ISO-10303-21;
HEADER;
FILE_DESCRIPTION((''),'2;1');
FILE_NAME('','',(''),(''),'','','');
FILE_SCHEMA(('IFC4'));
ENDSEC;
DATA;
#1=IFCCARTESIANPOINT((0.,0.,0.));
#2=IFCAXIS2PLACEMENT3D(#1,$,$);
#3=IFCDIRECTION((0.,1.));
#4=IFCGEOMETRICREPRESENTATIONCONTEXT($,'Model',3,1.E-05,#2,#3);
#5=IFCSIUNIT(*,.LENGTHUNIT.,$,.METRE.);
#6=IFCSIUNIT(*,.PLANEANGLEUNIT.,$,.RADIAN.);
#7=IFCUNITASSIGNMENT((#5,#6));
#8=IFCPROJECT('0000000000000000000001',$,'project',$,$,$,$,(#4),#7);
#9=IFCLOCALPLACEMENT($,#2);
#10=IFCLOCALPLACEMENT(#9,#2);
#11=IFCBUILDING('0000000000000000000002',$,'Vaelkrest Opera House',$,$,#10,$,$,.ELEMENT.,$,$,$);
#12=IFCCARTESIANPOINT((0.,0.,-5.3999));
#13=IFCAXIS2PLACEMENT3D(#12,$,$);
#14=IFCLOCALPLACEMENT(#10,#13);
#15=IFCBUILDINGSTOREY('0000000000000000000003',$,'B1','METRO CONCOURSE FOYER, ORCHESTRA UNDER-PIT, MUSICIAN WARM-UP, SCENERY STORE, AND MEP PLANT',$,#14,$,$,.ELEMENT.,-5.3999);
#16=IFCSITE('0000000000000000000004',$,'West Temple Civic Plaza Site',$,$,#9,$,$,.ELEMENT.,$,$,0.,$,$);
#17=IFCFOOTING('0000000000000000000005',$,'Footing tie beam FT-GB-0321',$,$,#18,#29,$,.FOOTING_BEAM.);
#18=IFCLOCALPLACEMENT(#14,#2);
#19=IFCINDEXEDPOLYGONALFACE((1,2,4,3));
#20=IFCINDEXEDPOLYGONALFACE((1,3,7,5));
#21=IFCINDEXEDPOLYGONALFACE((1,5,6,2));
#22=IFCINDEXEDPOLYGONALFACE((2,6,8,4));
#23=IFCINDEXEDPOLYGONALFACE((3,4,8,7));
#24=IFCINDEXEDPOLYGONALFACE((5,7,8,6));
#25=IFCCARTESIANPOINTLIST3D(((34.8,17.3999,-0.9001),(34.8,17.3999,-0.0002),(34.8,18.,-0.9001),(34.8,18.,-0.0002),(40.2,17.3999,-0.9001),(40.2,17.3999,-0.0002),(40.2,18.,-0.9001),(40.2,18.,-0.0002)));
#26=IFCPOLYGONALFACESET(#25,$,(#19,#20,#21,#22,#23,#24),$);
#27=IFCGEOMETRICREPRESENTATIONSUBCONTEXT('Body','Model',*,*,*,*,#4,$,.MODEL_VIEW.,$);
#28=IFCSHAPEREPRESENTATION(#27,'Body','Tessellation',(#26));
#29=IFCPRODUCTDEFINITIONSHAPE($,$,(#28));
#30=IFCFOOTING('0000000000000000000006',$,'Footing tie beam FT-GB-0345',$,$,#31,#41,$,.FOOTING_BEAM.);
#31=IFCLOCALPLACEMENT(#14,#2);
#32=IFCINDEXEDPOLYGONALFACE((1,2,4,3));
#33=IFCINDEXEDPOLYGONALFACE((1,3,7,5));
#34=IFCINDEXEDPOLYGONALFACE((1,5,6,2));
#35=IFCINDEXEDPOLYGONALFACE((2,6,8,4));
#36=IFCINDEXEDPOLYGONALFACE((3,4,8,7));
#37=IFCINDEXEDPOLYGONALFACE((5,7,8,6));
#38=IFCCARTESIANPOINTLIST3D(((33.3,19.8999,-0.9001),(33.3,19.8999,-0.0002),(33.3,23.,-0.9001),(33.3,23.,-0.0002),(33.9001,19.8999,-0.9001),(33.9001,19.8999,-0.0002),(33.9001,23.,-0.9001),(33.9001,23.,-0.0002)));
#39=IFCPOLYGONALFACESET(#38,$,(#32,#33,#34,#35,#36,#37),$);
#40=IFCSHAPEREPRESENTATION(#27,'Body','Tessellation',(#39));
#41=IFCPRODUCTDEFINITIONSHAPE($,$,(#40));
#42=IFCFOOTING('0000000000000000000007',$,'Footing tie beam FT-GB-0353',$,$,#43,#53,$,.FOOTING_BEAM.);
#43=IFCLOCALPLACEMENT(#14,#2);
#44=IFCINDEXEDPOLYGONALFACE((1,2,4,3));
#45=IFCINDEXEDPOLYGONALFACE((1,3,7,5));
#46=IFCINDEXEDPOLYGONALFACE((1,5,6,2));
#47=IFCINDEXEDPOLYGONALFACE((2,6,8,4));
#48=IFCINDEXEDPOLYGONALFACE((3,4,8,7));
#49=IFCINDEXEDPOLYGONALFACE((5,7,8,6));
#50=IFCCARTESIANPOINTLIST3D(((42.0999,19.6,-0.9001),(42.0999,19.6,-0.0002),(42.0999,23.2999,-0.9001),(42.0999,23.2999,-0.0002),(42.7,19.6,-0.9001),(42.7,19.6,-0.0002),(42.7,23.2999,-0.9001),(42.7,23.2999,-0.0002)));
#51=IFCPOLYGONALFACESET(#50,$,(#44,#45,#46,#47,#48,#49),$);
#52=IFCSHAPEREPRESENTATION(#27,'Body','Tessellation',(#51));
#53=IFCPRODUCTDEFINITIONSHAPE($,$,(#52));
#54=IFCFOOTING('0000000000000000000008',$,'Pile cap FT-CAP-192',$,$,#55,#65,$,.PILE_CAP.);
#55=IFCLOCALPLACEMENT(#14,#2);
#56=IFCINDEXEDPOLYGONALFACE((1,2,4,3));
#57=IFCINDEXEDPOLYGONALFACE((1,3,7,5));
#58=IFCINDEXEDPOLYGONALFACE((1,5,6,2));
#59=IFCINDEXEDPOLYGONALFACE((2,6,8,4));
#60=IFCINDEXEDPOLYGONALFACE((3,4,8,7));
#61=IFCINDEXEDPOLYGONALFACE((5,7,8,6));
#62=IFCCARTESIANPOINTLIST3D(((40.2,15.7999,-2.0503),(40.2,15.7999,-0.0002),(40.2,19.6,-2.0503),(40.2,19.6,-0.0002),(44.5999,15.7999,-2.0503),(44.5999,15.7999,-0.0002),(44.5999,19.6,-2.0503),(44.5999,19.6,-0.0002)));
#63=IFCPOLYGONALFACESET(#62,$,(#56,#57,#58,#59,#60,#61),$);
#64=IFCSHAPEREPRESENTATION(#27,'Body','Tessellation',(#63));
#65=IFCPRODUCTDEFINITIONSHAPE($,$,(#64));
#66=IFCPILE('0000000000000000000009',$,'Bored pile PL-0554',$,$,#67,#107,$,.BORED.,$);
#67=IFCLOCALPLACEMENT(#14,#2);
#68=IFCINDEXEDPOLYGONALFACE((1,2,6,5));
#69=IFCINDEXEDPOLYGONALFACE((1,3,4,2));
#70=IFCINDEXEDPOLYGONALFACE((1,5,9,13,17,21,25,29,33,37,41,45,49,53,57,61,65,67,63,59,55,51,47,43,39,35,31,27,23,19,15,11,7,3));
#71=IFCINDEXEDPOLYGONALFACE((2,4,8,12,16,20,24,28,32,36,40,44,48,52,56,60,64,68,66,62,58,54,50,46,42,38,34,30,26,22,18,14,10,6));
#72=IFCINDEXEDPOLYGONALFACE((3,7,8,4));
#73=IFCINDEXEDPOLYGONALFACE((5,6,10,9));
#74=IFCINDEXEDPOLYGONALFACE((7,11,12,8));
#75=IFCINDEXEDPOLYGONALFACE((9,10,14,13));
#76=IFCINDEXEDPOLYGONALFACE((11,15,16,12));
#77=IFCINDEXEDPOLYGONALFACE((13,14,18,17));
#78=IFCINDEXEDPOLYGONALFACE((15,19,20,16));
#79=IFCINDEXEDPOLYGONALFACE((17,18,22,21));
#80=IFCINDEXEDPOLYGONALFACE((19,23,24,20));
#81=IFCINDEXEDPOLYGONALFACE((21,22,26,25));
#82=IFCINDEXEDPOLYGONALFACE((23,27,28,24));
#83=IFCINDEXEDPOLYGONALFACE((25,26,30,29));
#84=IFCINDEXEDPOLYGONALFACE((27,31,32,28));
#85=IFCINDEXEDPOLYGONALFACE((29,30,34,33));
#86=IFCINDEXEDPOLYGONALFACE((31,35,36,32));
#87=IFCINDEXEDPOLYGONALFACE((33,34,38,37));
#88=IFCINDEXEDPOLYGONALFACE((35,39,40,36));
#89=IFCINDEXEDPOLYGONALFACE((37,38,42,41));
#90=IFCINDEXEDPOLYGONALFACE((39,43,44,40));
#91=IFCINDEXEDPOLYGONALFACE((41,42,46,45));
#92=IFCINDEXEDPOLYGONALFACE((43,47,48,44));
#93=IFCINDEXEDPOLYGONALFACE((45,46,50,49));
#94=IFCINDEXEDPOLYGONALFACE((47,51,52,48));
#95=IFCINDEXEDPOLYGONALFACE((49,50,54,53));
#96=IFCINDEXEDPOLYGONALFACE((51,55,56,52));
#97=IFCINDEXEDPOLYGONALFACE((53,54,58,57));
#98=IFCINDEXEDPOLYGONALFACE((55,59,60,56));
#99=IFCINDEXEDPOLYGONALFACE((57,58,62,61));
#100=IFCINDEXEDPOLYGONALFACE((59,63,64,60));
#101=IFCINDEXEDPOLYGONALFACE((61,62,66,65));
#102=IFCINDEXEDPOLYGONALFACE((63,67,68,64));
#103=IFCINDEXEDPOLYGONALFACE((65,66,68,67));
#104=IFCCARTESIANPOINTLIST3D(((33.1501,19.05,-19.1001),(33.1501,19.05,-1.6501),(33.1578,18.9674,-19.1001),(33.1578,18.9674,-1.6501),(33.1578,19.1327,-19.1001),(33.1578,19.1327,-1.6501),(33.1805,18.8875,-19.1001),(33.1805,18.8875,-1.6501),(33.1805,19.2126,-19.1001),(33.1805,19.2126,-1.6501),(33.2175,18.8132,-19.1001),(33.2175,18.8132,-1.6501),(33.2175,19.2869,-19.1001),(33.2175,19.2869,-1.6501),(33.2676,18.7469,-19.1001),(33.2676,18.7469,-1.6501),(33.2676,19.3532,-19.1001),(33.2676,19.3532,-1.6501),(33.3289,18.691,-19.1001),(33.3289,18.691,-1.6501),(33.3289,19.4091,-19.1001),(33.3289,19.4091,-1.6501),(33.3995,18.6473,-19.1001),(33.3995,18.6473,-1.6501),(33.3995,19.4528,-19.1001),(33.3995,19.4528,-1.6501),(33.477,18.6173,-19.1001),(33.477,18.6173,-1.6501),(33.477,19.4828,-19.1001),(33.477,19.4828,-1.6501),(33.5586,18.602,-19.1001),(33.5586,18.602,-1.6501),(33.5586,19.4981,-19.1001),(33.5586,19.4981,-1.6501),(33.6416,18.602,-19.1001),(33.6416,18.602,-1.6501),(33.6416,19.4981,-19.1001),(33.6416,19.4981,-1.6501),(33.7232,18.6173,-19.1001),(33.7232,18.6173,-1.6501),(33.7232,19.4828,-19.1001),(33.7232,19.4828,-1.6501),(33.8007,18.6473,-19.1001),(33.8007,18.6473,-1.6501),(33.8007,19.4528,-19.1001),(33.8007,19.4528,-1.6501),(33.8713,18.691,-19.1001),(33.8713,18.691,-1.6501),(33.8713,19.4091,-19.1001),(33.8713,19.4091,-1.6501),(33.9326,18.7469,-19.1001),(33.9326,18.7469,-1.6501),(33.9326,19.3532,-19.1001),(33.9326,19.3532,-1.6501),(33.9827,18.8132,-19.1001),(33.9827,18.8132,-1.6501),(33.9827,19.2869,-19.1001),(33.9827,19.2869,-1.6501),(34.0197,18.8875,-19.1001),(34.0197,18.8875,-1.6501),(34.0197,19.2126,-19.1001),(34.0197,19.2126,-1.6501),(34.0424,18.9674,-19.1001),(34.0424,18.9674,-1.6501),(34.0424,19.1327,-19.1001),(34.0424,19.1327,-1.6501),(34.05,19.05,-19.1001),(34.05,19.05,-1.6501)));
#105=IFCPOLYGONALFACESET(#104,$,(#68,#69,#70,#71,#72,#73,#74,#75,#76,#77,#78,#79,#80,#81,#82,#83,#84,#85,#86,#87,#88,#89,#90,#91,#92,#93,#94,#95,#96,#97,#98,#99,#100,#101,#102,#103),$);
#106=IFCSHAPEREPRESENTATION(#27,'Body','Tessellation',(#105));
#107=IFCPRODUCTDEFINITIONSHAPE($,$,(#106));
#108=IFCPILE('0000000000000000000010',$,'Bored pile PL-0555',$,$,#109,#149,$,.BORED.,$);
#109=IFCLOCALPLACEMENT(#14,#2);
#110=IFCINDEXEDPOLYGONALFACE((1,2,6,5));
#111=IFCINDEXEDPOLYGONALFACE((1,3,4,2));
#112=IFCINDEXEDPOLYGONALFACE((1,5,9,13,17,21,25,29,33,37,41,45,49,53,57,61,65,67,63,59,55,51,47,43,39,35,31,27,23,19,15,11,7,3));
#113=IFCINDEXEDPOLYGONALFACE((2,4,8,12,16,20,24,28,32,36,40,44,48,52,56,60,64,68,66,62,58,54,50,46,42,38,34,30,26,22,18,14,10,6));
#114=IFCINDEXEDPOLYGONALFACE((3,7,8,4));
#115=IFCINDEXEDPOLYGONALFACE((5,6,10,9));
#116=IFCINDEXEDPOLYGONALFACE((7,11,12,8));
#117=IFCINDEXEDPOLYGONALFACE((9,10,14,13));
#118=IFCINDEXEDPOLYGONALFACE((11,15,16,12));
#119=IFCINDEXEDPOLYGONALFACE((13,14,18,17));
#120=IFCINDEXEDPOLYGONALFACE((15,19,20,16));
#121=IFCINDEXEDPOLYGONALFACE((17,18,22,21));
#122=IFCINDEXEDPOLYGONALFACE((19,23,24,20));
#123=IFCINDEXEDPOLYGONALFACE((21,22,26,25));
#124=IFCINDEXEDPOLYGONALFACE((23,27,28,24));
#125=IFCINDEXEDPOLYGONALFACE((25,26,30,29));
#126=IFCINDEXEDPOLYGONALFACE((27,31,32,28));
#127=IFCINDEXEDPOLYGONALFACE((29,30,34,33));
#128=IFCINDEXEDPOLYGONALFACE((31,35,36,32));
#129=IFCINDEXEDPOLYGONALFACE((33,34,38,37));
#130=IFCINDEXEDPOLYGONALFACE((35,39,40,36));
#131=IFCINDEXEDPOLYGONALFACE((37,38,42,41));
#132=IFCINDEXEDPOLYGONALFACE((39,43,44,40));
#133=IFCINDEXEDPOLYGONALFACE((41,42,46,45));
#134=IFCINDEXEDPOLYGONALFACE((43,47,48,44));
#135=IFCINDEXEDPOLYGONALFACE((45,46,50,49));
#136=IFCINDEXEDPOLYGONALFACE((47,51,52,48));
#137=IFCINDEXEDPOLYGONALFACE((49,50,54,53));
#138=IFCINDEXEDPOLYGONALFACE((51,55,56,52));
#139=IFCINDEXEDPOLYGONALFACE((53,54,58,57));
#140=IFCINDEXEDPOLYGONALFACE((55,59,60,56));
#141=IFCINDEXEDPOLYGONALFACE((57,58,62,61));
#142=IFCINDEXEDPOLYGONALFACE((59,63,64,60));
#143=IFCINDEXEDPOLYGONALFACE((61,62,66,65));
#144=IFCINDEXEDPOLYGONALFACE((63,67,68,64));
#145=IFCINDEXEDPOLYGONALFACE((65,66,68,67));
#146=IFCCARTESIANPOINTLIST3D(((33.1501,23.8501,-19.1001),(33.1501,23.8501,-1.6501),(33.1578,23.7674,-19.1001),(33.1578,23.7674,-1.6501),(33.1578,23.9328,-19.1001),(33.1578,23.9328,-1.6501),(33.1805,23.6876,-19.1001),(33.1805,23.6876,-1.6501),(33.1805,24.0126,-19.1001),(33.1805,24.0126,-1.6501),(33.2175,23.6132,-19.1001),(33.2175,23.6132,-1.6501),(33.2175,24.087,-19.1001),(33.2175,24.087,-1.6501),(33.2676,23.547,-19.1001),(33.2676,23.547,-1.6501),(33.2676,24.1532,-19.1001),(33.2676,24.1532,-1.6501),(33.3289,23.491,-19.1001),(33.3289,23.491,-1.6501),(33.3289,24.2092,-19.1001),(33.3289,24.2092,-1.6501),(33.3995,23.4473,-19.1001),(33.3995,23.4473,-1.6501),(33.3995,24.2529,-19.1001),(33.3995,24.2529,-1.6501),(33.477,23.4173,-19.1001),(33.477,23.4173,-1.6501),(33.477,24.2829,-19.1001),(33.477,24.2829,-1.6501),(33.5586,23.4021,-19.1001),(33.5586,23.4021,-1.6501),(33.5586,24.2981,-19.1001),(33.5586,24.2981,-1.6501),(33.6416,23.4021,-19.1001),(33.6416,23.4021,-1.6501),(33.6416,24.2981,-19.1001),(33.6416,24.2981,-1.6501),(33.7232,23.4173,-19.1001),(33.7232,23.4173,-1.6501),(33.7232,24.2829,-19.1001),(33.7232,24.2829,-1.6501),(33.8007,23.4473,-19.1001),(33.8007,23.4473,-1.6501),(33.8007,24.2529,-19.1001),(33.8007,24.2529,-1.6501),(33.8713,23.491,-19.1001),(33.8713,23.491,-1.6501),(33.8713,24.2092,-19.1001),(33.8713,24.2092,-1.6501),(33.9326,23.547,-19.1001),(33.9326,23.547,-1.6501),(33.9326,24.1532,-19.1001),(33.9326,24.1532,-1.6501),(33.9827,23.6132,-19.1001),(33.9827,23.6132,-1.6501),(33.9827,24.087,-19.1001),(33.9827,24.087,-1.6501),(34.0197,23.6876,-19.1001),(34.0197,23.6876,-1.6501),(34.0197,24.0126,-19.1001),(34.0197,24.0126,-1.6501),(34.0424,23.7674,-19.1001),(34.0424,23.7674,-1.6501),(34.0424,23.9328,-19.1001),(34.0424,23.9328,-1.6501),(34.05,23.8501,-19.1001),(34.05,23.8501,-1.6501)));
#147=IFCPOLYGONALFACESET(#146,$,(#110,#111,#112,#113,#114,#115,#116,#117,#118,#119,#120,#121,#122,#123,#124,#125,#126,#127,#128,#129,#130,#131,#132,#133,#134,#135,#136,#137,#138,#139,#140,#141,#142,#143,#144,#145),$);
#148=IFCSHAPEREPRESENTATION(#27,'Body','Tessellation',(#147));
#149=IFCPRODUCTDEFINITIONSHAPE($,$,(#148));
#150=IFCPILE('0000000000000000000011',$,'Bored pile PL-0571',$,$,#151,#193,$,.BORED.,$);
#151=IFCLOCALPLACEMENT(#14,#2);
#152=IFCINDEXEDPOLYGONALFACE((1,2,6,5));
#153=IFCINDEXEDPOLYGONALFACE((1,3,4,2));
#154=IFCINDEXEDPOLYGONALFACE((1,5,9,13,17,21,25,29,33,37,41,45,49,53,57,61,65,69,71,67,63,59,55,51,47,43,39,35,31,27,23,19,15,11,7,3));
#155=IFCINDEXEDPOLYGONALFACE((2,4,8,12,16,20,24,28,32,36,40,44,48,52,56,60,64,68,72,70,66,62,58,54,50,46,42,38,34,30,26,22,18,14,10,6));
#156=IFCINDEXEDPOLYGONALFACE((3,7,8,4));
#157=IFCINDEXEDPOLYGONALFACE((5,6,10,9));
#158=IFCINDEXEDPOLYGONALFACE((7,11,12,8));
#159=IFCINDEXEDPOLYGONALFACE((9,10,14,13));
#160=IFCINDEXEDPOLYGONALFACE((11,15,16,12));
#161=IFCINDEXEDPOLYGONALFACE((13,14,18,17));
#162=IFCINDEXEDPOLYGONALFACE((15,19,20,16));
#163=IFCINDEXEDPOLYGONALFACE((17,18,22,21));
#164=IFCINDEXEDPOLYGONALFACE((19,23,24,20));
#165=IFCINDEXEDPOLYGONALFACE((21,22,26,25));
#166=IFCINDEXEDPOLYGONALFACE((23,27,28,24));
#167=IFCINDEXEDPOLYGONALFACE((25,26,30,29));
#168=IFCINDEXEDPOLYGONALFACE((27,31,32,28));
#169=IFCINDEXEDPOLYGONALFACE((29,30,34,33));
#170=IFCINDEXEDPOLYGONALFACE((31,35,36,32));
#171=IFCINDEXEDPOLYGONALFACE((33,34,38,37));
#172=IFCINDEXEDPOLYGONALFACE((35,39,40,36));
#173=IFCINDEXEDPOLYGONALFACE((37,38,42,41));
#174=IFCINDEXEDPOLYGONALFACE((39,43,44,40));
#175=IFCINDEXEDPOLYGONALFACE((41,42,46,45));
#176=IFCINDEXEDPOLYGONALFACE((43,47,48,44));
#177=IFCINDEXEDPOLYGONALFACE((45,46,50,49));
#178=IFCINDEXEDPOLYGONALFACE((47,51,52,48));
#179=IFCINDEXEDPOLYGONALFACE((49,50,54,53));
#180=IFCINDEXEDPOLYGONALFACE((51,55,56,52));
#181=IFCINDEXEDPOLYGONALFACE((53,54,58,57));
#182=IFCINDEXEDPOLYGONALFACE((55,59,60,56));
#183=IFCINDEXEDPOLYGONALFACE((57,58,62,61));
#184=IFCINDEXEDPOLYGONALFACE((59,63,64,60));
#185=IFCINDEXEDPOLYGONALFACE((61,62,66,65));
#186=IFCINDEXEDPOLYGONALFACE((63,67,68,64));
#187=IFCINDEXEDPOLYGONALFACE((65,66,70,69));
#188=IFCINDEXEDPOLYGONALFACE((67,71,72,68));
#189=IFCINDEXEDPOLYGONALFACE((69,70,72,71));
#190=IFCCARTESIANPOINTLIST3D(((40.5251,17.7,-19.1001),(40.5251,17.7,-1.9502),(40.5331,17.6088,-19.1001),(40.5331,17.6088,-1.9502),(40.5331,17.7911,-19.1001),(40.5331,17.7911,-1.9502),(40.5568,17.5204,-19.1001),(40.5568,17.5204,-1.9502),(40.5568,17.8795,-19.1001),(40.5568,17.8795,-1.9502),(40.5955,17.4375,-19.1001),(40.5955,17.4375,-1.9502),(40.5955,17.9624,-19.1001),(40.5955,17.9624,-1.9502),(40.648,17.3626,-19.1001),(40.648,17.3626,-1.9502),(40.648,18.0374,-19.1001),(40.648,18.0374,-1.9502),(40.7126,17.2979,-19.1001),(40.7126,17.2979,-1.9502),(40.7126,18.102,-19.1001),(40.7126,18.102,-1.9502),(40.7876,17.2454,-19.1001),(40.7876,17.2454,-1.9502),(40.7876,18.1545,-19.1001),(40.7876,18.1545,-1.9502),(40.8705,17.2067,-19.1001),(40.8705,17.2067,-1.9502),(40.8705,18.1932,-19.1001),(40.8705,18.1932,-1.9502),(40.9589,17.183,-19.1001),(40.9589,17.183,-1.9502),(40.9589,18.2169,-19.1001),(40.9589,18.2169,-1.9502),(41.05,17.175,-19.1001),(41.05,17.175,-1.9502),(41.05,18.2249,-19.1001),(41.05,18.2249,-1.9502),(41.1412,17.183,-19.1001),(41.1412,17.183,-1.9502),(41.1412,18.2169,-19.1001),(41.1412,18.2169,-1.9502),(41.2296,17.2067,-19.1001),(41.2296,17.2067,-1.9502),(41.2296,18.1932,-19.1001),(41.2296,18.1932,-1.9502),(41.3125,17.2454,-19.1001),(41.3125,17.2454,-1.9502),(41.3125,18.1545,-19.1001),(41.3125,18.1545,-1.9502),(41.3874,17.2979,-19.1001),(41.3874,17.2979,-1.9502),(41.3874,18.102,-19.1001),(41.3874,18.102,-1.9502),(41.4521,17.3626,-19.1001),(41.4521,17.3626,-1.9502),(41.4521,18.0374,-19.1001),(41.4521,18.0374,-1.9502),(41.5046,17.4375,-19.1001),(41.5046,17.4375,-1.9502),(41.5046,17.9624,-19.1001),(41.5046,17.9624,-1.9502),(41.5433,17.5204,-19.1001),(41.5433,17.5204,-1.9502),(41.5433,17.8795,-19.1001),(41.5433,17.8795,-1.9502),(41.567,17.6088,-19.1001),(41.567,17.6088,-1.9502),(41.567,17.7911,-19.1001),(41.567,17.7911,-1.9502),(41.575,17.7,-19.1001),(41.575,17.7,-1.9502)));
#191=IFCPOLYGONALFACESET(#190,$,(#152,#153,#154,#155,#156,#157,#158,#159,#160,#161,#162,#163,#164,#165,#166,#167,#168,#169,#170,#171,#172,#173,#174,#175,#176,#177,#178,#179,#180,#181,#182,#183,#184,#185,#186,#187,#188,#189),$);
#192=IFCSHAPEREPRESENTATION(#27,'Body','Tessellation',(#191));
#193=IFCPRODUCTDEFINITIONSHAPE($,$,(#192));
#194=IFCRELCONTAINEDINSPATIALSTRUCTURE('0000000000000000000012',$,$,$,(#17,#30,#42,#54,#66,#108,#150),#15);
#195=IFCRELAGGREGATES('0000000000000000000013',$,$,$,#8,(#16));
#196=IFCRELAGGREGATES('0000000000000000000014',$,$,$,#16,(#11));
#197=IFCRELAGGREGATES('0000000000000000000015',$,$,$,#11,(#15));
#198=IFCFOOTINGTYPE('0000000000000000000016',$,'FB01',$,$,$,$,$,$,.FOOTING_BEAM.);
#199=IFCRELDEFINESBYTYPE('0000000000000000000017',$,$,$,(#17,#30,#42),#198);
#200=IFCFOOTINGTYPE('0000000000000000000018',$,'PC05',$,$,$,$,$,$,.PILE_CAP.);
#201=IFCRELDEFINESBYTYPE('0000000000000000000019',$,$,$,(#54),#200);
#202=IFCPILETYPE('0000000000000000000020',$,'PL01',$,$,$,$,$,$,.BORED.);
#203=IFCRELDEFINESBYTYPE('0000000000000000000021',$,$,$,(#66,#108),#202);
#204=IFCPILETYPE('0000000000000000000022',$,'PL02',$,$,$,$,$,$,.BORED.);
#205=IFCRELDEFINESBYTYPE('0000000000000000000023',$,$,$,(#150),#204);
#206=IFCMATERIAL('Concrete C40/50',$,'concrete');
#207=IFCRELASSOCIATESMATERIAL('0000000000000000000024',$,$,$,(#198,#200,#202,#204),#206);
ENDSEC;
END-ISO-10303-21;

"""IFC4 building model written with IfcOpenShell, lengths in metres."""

from ifc_helpers import new_model, si_unit, direction, frame, origin, origin_2d, place, context, subcontext, project, spatial, rectangle, circle, extrude, material, material_profile, profile_set, type_object, element, save


model = new_model("IFC4")

# Units and contexts
model_context = context("Model", 3, precision=1e-05, world=origin(), true_north=direction((0.0, 1.0)))
body_context = subcontext(model_context, "Body", "Model", "MODEL_VIEW")
ifc_project = project(units=[si_unit("LENGTHUNIT", "METRE"), si_unit("PLANEANGLEUNIT", "RADIAN")], contexts=[model_context])

# Site, building, storey
site_placement = place(None, origin())
site = spatial("IfcSite", under=ifc_project, at=site_placement, Name="West Temple Civic Plaza Site", CompositionType="ELEMENT", RefElevation=0.0)
building_placement = place(site_placement, origin())
building = spatial("IfcBuilding", under=site, at=building_placement, Name="Vaelkrest Opera House", CompositionType="ELEMENT")
storey_placement = place(building_placement, frame((0.0, 0.0, -5.3999)))
storey = spatial("IfcBuildingStorey", under=building, at=storey_placement, Name="B1", Description="METRO CONCOURSE FOYER, ORCHESTRA UNDER-PIT, MUSICIAN WARM-UP, SCENERY STORE, AND MEP PLANT", CompositionType="ELEMENT", Elevation=-5.3999)

# Footings
ifc_material_1 = material(Name="Concrete C40/50", Category="concrete")
footing_type_1 = type_object("IfcFootingType", Name="FB01", PredefinedType="FOOTING_BEAM", material=ifc_material_1)
footing_1_placement = place(storey_placement, frame((37.5, 17.7, -0.9001), z_axis=(0.0, 0.0, 1.0), x_axis=(1.0, 0.0, 0.0)))
element("IfcFooting", 1, at=footing_1_placement, inside=storey, type_object=footing_type_1, Name="Footing tie beam FT-GB-0321", PredefinedType="FOOTING_BEAM", context=body_context, shape_type="SweptSolid", body=[
    extrude(rectangle(XDim=5.3999, YDim=0.6001, at=origin_2d()), origin(), (0.0, 0.0, 1.0), 0.8999),
])
footing_2_placement = place(storey_placement, frame((33.6001, 21.45, -0.9001), z_axis=(0.0, 0.0, 1.0), x_axis=(0.0, 1.0, 0.0)))
element("IfcFooting", 2, at=footing_2_placement, inside=storey, type_object=footing_type_1, Name="Footing tie beam FT-GB-0345", PredefinedType="FOOTING_BEAM", context=body_context, shape_type="SweptSolid", body=[
    extrude(rectangle(XDim=3.1001, YDim=0.6001, at=origin_2d()), origin(), (0.0, 0.0, 1.0), 0.8999),
])
footing_3_placement = place(storey_placement, frame((42.3999, 21.45, -0.9001), z_axis=(0.0, 0.0, 1.0), x_axis=(0.0, 1.0, 0.0)))
element("IfcFooting", 3, at=footing_3_placement, inside=storey, type_object=footing_type_1, Name="Footing tie beam FT-GB-0353", PredefinedType="FOOTING_BEAM", context=body_context, shape_type="SweptSolid", body=[
    extrude(rectangle(XDim=3.7, YDim=0.6001, at=origin_2d()), origin(), (0.0, 0.0, 1.0), 0.8999),
])
footing_type_2 = type_object("IfcFootingType", Name="PC05", PredefinedType="PILE_CAP", material=ifc_material_1)
footing_4_placement = place(storey_placement, frame((42.3999, 17.7, -2.0503), z_axis=(0.0, 0.0, 1.0), x_axis=(1.0, 0.0, 0.0)))
element("IfcFooting", 4, at=footing_4_placement, inside=storey, type_object=footing_type_2, Name="Pile cap FT-CAP-192", PredefinedType="PILE_CAP", context=body_context, shape_type="SweptSolid", body=[
    extrude(rectangle(XDim=4.3999, YDim=3.8, at=origin_2d()), origin(), (0.0, 0.0, 1.0), 2.05),
])

# Piles
ifc_material_profile_1 = material_profile(ifc_material_1, circle(Radius=0.45, at=origin_2d()), Name="PILE900")
ifc_profile_set_1 = profile_set([ifc_material_profile_1], Name="Concrete C40/50")
pile_type_1 = type_object("IfcPileType", Name="PL01", PredefinedType="BORED", material=ifc_profile_set_1)
for number, where, z_axis, x_axis, name in (
    (5, (33.6001, 19.05, -1.6501), (0.0, 0.0, -1.0), (1.0, 0.0, 0.0), "Bored pile PL-0554"),
    (6, (33.6001, 23.8501, -1.6501), (0.0, 0.0, -1.0), (1.0, 0.0, 0.0), "Bored pile PL-0555"),
):
    element("IfcPile", number, at=place(storey_placement, frame(where, z_axis=z_axis, x_axis=x_axis)), inside=storey, type_object=pile_type_1, Name=name, PredefinedType="BORED", context=body_context, shape_type="SweptSolid", body=[
        extrude(circle(Radius=0.45, at=origin_2d()), origin(), (0.0, 0.0, 1.0), 17.45),
    ])
ifc_material_profile_2 = material_profile(ifc_material_1, circle(Radius=0.5249, at=origin_2d()), Name="PILE1050")
ifc_profile_set_2 = profile_set([ifc_material_profile_2], Name="Concrete C40/50")
pile_type_2 = type_object("IfcPileType", Name="PL02", PredefinedType="BORED", material=ifc_profile_set_2)
for number, where, z_axis, x_axis, name in (
    (7, (41.05, 17.7, -1.9502), (0.0, 0.0, -1.0), (1.0, 0.0, 0.0), "Bored pile PL-0571"),
):
    element("IfcPile", number, at=place(storey_placement, frame(where, z_axis=z_axis, x_axis=x_axis)), inside=storey, type_object=pile_type_2, Name=name, PredefinedType="BORED", context=body_context, shape_type="SweptSolid", body=[
        extrude(circle(Radius=0.5249, at=origin_2d()), origin(), (0.0, 0.0, 1.0), 17.1499),
    ])

save(model, "model.ifc")
